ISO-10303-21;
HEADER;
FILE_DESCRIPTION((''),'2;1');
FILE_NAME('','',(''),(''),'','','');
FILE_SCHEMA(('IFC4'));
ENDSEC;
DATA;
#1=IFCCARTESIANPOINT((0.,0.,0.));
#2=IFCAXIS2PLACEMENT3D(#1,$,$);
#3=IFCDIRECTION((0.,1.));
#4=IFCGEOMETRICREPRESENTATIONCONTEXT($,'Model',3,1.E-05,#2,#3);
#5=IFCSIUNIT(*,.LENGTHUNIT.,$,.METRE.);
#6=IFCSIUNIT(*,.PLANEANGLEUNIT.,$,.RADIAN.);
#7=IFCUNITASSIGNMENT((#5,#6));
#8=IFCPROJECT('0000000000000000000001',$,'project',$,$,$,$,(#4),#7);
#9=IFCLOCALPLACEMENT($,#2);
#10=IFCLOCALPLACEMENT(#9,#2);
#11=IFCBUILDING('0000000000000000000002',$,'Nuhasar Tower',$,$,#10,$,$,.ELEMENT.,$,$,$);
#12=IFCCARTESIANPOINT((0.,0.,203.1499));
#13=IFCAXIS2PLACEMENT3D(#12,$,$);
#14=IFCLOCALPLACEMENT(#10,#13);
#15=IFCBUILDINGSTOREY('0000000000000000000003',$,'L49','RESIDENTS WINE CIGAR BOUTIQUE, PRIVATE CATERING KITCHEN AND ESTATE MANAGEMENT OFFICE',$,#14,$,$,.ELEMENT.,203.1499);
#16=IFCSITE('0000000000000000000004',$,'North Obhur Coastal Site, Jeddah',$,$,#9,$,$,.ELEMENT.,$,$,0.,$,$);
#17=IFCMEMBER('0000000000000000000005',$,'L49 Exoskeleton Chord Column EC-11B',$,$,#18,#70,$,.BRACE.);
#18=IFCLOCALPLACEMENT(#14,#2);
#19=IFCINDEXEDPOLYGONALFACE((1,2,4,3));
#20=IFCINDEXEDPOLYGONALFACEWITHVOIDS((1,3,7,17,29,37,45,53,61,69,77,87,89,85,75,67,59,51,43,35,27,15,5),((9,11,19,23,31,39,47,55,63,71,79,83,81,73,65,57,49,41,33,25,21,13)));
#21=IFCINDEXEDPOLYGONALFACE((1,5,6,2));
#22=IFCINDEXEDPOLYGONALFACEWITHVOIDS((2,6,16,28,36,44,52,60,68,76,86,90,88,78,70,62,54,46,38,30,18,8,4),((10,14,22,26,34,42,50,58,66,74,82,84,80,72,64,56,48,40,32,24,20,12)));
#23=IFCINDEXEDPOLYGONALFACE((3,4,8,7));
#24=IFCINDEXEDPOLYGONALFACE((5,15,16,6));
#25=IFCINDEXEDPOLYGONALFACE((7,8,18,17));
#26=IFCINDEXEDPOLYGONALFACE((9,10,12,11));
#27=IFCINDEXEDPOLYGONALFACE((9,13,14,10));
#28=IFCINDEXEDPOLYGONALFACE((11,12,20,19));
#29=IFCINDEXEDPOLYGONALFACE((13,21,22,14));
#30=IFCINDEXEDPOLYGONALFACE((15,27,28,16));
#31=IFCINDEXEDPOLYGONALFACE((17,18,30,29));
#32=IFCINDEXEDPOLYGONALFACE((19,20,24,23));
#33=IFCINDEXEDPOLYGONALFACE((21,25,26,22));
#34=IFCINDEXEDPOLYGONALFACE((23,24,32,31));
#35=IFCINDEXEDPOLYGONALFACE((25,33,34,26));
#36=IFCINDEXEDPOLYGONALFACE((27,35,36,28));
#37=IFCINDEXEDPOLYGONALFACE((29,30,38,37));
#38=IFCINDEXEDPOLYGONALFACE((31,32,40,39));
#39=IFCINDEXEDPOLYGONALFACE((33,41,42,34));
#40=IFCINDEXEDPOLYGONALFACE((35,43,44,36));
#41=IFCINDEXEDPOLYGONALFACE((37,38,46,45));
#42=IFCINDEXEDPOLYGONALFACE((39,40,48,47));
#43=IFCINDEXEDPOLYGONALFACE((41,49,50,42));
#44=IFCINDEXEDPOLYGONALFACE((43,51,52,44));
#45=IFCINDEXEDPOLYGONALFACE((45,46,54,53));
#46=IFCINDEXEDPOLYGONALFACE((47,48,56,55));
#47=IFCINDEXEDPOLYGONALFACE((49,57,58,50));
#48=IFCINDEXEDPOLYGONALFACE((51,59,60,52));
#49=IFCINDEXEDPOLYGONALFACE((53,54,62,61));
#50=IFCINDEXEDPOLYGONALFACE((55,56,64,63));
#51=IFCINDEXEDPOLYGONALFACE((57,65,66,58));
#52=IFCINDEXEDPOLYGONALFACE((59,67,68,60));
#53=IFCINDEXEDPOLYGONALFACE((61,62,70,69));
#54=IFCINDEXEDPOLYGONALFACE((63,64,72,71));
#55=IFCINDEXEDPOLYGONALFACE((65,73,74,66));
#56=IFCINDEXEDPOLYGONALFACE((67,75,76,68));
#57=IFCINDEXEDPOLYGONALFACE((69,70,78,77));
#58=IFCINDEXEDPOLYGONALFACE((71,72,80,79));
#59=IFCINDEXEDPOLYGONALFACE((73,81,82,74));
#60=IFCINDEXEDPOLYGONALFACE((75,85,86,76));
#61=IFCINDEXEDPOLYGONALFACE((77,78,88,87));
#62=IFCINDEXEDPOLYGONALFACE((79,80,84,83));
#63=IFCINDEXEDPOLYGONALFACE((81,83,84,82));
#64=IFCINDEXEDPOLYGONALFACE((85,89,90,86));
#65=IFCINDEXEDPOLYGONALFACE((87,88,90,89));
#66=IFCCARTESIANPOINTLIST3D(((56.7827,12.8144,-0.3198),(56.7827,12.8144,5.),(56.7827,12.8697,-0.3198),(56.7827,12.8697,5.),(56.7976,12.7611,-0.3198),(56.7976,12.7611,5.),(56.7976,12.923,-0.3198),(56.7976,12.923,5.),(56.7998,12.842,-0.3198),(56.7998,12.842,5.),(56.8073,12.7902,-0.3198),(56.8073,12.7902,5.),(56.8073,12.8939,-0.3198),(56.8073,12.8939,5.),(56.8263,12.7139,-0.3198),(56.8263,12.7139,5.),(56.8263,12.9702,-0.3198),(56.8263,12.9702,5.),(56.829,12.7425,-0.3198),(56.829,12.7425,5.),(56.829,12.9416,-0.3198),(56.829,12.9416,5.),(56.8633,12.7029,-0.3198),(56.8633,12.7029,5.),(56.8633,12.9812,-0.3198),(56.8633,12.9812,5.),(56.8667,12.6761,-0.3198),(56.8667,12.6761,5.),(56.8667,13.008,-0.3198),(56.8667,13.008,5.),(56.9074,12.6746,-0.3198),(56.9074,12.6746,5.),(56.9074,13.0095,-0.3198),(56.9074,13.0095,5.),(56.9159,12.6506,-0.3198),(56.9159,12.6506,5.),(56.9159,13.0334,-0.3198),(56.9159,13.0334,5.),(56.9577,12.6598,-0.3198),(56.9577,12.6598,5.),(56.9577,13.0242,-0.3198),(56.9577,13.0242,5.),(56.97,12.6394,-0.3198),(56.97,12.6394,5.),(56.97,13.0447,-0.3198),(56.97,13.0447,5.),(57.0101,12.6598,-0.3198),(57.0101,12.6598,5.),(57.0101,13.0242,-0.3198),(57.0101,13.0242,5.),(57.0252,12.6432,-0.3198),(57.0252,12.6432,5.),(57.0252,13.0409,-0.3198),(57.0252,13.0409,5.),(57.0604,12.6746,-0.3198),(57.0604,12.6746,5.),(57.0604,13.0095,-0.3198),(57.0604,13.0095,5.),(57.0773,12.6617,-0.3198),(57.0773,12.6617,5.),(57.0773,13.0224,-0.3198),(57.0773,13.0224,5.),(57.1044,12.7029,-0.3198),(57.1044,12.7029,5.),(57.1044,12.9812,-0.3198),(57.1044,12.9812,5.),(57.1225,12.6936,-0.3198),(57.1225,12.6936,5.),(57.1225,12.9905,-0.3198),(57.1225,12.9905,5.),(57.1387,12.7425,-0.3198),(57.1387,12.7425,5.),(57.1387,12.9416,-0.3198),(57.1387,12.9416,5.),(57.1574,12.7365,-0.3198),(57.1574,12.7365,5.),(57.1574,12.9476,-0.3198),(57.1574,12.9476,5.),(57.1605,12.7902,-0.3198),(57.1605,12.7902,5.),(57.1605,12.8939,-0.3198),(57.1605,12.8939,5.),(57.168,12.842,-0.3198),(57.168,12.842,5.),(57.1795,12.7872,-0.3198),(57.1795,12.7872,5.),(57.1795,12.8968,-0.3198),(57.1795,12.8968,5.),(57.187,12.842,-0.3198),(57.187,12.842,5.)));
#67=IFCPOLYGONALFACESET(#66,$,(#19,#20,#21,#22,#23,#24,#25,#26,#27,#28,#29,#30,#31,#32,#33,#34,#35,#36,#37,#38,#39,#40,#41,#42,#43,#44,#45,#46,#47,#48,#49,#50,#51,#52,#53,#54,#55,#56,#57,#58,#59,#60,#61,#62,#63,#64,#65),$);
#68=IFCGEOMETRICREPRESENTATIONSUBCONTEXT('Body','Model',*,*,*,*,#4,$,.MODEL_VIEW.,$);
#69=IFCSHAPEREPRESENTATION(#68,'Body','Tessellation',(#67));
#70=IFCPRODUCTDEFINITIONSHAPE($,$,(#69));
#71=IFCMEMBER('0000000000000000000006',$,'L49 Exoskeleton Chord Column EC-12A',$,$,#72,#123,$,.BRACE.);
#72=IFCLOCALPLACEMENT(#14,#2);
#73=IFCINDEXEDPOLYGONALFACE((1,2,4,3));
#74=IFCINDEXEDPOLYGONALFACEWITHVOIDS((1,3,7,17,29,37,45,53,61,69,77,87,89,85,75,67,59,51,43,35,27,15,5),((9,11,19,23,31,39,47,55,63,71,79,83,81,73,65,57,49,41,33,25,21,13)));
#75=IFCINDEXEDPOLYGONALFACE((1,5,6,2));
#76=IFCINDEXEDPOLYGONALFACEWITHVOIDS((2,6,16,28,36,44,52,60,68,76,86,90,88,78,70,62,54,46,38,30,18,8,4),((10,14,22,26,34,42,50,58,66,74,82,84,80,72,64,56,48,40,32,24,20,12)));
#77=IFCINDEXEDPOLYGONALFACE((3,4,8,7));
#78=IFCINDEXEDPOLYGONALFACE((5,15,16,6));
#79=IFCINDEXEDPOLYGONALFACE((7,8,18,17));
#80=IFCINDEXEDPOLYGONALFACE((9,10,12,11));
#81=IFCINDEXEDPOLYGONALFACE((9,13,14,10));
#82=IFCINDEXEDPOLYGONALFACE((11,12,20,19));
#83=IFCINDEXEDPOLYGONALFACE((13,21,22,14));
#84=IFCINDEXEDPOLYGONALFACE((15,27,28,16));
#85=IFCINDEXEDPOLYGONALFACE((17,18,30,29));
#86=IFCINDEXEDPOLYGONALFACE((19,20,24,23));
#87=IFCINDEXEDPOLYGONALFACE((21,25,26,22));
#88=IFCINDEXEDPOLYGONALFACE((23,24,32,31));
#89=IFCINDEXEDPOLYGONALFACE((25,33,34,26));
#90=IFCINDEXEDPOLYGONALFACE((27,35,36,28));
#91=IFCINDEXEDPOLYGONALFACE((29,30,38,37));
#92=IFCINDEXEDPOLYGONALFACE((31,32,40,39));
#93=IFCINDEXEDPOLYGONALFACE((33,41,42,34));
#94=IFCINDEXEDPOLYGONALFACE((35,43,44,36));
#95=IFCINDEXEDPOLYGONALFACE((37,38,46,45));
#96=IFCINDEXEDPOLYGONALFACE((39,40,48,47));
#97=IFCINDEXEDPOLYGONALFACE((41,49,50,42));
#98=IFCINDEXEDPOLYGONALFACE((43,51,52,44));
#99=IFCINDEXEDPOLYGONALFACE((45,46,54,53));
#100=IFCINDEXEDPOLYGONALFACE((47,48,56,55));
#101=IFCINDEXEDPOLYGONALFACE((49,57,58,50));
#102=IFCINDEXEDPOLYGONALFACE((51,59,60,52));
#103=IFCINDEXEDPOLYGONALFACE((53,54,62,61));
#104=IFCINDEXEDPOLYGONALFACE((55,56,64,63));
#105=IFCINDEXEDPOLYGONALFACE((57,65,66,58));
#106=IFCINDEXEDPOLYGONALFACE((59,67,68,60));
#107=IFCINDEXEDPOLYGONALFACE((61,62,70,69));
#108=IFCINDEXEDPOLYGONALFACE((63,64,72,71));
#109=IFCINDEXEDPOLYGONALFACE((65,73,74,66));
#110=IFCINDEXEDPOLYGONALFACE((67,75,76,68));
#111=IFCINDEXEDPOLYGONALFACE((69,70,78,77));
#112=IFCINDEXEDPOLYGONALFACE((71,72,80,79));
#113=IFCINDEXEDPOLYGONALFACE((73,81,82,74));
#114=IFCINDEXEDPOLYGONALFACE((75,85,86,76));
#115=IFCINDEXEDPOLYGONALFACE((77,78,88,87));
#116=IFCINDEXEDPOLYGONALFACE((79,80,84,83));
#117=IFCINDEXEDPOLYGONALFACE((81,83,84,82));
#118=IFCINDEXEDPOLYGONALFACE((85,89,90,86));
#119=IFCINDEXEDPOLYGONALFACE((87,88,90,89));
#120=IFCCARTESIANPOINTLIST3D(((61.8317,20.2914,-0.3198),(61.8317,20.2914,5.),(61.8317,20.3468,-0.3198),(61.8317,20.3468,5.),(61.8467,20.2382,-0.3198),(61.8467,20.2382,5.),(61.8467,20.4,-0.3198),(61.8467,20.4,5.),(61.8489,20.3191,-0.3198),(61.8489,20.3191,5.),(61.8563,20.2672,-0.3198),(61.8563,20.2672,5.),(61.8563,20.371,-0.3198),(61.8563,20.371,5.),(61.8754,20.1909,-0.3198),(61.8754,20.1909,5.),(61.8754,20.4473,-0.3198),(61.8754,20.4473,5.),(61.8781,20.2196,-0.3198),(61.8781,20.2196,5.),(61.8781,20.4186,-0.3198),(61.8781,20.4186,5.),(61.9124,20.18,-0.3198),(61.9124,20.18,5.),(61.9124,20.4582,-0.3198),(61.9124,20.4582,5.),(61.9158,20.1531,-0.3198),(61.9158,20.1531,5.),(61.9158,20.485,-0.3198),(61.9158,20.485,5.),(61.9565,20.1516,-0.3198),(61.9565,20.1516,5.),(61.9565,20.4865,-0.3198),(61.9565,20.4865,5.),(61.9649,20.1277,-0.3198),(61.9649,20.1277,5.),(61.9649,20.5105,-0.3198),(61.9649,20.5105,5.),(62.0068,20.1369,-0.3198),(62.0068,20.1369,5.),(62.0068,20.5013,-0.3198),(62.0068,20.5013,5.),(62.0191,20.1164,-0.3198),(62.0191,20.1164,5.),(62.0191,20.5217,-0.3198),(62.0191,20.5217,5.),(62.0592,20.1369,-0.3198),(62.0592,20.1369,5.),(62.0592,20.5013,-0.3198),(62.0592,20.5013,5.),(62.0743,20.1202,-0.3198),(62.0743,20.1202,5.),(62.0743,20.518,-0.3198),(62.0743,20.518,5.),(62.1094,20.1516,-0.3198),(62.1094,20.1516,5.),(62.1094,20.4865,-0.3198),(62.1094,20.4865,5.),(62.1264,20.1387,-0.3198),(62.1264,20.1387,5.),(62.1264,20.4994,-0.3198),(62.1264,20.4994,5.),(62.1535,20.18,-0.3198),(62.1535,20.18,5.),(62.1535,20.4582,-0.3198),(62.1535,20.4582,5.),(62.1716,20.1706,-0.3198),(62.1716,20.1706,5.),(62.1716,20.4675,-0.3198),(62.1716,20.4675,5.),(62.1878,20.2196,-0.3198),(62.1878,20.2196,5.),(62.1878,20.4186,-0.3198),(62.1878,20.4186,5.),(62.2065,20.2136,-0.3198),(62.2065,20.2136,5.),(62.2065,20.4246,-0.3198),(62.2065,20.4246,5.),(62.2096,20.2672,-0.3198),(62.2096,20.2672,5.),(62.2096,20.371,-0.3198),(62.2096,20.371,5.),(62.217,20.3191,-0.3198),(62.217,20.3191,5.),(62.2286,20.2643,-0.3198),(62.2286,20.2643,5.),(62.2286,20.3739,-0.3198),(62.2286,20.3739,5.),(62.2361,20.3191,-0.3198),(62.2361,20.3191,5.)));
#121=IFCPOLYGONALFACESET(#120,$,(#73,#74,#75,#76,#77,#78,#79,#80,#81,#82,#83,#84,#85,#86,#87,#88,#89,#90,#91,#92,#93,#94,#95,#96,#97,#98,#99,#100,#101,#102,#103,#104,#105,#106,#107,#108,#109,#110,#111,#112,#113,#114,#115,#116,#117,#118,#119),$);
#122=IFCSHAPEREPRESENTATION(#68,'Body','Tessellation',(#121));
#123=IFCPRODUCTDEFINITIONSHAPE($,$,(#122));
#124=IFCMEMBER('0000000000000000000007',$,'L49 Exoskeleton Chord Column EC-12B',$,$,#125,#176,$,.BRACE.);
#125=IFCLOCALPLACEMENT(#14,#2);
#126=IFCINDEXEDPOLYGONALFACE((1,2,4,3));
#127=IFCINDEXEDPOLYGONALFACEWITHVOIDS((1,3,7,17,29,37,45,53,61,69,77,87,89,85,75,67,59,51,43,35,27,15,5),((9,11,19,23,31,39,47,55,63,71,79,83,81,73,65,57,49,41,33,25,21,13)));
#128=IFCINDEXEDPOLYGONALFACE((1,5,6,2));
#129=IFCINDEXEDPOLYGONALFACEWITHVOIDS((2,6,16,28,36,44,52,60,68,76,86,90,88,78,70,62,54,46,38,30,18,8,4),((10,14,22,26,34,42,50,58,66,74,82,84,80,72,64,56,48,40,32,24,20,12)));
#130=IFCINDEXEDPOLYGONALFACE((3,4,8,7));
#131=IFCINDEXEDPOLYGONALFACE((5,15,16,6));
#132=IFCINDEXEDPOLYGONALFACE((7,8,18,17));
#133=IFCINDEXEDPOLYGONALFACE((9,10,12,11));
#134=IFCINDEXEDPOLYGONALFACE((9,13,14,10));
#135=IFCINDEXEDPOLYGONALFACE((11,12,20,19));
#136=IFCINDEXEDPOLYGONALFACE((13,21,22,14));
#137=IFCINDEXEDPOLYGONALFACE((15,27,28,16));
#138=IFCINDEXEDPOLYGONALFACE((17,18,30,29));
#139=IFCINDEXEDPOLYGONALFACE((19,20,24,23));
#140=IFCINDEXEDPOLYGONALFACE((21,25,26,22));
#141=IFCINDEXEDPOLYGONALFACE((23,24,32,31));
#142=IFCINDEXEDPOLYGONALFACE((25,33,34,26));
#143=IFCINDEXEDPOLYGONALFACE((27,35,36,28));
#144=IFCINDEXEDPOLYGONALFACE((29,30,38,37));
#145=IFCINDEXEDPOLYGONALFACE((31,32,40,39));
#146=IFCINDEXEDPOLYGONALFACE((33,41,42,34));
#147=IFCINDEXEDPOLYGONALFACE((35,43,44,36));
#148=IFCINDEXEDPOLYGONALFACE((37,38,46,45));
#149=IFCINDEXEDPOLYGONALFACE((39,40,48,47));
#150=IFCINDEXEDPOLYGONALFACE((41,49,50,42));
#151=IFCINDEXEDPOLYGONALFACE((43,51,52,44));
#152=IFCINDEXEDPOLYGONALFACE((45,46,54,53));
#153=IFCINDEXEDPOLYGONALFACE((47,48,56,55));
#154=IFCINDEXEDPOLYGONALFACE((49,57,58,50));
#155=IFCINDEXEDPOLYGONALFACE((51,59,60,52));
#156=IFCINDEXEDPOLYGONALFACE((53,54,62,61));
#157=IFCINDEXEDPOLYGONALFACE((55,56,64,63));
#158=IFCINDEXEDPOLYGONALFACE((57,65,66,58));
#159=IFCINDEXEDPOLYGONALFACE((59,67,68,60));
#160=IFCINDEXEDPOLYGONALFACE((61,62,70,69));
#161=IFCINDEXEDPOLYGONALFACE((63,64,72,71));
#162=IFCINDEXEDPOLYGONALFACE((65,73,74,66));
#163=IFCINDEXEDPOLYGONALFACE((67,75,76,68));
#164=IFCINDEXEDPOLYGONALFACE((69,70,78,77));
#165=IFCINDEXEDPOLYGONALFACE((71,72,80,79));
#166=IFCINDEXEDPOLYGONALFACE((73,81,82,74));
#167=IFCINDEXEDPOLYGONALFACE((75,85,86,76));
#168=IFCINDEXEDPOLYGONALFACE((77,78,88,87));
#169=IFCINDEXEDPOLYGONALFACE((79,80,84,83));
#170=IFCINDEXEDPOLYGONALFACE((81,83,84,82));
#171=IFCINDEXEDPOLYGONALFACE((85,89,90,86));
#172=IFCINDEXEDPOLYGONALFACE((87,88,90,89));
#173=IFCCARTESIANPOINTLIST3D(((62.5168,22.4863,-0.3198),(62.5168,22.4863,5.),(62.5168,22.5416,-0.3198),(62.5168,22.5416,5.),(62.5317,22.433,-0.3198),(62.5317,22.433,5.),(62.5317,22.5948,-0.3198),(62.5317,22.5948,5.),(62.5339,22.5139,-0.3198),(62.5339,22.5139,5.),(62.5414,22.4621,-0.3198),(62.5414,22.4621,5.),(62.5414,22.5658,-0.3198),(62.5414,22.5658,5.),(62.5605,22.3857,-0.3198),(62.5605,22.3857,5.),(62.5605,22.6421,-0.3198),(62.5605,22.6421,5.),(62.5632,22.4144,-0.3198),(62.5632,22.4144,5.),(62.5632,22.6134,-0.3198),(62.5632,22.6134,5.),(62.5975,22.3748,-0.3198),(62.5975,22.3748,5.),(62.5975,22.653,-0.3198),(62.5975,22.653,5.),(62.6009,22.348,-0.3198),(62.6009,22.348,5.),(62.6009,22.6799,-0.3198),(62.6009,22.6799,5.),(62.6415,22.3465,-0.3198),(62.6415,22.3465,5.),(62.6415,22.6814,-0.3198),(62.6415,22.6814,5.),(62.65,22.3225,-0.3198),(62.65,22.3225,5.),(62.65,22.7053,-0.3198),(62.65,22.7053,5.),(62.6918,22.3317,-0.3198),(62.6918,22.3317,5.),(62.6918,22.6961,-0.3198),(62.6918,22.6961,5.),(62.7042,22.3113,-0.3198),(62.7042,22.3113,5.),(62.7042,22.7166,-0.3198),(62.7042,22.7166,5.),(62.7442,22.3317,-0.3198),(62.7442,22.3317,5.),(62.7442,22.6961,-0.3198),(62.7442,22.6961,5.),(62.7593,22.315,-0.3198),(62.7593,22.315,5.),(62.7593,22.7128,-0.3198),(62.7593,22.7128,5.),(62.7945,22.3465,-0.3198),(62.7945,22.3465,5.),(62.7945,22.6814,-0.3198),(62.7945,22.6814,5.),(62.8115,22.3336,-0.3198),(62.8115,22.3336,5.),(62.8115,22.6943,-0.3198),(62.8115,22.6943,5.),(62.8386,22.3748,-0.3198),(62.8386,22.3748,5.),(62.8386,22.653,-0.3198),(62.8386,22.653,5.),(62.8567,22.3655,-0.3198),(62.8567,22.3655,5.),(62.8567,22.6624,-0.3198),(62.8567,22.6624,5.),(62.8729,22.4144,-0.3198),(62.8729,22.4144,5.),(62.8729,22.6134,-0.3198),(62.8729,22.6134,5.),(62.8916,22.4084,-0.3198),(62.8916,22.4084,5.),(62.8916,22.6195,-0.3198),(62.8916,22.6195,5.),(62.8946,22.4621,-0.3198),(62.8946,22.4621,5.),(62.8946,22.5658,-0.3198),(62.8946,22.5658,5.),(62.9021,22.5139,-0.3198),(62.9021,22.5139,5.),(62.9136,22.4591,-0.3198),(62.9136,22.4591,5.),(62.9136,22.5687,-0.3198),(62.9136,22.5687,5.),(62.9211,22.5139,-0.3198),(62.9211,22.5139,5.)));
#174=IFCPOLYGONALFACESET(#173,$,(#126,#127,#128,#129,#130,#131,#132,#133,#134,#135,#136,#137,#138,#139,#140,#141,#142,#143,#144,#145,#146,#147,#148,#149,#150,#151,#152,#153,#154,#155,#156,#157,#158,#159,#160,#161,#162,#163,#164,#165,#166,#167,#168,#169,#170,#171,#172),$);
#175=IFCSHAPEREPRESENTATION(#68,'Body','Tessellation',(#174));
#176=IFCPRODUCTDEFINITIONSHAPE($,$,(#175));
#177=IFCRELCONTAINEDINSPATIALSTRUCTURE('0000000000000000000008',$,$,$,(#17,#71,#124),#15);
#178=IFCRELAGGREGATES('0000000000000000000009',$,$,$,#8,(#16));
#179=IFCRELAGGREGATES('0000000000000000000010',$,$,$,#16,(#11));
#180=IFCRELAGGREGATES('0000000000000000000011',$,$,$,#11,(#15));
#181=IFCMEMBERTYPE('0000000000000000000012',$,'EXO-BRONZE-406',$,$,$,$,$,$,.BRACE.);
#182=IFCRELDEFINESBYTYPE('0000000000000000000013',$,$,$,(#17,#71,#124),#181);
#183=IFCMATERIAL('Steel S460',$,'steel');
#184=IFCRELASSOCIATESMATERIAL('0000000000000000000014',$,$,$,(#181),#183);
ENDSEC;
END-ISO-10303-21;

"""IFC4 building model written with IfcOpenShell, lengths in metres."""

from ifc_helpers import new_model, si_unit, direction, frame, origin, origin_2d, place, context, subcontext, project, spatial, hollow_circle, extrude, material, material_profile, profile_set, type_object, element, save


model = new_model("IFC4")

# Units and contexts
model_context = context("Model", 3, precision=1e-05, world=origin(), true_north=direction((0.0, 1.0)))
body_context = subcontext(model_context, "Body", "Model", "MODEL_VIEW")
ifc_project = project(units=[si_unit("LENGTHUNIT", "METRE"), si_unit("PLANEANGLEUNIT", "RADIAN")], contexts=[model_context])

# Site, building, storey
site_placement = place(None, origin())
site = spatial("IfcSite", under=ifc_project, at=site_placement, Name="North Obhur Coastal Site, Jeddah", CompositionType="ELEMENT", RefElevation=0.0)
building_placement = place(site_placement, origin())
building = spatial("IfcBuilding", under=site, at=building_placement, Name="Nuhasar Tower", CompositionType="ELEMENT")
storey_placement = place(building_placement, frame((0.0, 0.0, 203.1499)))
storey = spatial("IfcBuildingStorey", under=building, at=storey_placement, Name="L49", Description="RESIDENTS WINE CIGAR BOUTIQUE, PRIVATE CATERING KITCHEN AND ESTATE MANAGEMENT OFFICE", CompositionType="ELEMENT", Elevation=203.1499)

# Shared definitions
ifc_material_1 = material(Name="Steel S460", Category="steel")

# Members
ifc_material_profile_1 = material_profile(ifc_material_1, hollow_circle(Radius=0.2031, WallThickness=0.019, at=origin_2d()), Name="HSS406.4X19.1")
ifc_profile_set_1 = profile_set([ifc_material_profile_1], Name="Steel S460")
member_type_1 = type_object("IfcMemberType", Name="EXO-BRONZE-406", PredefinedType="BRACE", material=ifc_profile_set_1)
for number, where, z_axis, x_axis, name in (
    (1, (56.9839, 12.842, -0.3198), (0.0, 0.0, 1.0), (1.0, 0.0, 0.0), "L49 Exoskeleton Chord Column EC-11B"),
    (2, (62.033, 20.3191, -0.3198), (0.0, 0.0, 1.0), (1.0, 0.0, 0.0), "L49 Exoskeleton Chord Column EC-12A"),
    (3, (62.718, 22.5139, -0.3198), (0.0, 0.0, 1.0), (1.0, 0.0, 0.0), "L49 Exoskeleton Chord Column EC-12B"),
):
    element("IfcMember", number, at=place(storey_placement, frame(where, z_axis=z_axis, x_axis=x_axis)), inside=storey, type_object=member_type_1, Name=name, PredefinedType="BRACE", context=body_context, shape_type="SweptSolid", body=[
        extrude(hollow_circle(Radius=0.2031, WallThickness=0.019, at=origin_2d()), origin(), (0.0, 0.0, 1.0), 5.3198),
    ])

save(model, "model.ifc")
